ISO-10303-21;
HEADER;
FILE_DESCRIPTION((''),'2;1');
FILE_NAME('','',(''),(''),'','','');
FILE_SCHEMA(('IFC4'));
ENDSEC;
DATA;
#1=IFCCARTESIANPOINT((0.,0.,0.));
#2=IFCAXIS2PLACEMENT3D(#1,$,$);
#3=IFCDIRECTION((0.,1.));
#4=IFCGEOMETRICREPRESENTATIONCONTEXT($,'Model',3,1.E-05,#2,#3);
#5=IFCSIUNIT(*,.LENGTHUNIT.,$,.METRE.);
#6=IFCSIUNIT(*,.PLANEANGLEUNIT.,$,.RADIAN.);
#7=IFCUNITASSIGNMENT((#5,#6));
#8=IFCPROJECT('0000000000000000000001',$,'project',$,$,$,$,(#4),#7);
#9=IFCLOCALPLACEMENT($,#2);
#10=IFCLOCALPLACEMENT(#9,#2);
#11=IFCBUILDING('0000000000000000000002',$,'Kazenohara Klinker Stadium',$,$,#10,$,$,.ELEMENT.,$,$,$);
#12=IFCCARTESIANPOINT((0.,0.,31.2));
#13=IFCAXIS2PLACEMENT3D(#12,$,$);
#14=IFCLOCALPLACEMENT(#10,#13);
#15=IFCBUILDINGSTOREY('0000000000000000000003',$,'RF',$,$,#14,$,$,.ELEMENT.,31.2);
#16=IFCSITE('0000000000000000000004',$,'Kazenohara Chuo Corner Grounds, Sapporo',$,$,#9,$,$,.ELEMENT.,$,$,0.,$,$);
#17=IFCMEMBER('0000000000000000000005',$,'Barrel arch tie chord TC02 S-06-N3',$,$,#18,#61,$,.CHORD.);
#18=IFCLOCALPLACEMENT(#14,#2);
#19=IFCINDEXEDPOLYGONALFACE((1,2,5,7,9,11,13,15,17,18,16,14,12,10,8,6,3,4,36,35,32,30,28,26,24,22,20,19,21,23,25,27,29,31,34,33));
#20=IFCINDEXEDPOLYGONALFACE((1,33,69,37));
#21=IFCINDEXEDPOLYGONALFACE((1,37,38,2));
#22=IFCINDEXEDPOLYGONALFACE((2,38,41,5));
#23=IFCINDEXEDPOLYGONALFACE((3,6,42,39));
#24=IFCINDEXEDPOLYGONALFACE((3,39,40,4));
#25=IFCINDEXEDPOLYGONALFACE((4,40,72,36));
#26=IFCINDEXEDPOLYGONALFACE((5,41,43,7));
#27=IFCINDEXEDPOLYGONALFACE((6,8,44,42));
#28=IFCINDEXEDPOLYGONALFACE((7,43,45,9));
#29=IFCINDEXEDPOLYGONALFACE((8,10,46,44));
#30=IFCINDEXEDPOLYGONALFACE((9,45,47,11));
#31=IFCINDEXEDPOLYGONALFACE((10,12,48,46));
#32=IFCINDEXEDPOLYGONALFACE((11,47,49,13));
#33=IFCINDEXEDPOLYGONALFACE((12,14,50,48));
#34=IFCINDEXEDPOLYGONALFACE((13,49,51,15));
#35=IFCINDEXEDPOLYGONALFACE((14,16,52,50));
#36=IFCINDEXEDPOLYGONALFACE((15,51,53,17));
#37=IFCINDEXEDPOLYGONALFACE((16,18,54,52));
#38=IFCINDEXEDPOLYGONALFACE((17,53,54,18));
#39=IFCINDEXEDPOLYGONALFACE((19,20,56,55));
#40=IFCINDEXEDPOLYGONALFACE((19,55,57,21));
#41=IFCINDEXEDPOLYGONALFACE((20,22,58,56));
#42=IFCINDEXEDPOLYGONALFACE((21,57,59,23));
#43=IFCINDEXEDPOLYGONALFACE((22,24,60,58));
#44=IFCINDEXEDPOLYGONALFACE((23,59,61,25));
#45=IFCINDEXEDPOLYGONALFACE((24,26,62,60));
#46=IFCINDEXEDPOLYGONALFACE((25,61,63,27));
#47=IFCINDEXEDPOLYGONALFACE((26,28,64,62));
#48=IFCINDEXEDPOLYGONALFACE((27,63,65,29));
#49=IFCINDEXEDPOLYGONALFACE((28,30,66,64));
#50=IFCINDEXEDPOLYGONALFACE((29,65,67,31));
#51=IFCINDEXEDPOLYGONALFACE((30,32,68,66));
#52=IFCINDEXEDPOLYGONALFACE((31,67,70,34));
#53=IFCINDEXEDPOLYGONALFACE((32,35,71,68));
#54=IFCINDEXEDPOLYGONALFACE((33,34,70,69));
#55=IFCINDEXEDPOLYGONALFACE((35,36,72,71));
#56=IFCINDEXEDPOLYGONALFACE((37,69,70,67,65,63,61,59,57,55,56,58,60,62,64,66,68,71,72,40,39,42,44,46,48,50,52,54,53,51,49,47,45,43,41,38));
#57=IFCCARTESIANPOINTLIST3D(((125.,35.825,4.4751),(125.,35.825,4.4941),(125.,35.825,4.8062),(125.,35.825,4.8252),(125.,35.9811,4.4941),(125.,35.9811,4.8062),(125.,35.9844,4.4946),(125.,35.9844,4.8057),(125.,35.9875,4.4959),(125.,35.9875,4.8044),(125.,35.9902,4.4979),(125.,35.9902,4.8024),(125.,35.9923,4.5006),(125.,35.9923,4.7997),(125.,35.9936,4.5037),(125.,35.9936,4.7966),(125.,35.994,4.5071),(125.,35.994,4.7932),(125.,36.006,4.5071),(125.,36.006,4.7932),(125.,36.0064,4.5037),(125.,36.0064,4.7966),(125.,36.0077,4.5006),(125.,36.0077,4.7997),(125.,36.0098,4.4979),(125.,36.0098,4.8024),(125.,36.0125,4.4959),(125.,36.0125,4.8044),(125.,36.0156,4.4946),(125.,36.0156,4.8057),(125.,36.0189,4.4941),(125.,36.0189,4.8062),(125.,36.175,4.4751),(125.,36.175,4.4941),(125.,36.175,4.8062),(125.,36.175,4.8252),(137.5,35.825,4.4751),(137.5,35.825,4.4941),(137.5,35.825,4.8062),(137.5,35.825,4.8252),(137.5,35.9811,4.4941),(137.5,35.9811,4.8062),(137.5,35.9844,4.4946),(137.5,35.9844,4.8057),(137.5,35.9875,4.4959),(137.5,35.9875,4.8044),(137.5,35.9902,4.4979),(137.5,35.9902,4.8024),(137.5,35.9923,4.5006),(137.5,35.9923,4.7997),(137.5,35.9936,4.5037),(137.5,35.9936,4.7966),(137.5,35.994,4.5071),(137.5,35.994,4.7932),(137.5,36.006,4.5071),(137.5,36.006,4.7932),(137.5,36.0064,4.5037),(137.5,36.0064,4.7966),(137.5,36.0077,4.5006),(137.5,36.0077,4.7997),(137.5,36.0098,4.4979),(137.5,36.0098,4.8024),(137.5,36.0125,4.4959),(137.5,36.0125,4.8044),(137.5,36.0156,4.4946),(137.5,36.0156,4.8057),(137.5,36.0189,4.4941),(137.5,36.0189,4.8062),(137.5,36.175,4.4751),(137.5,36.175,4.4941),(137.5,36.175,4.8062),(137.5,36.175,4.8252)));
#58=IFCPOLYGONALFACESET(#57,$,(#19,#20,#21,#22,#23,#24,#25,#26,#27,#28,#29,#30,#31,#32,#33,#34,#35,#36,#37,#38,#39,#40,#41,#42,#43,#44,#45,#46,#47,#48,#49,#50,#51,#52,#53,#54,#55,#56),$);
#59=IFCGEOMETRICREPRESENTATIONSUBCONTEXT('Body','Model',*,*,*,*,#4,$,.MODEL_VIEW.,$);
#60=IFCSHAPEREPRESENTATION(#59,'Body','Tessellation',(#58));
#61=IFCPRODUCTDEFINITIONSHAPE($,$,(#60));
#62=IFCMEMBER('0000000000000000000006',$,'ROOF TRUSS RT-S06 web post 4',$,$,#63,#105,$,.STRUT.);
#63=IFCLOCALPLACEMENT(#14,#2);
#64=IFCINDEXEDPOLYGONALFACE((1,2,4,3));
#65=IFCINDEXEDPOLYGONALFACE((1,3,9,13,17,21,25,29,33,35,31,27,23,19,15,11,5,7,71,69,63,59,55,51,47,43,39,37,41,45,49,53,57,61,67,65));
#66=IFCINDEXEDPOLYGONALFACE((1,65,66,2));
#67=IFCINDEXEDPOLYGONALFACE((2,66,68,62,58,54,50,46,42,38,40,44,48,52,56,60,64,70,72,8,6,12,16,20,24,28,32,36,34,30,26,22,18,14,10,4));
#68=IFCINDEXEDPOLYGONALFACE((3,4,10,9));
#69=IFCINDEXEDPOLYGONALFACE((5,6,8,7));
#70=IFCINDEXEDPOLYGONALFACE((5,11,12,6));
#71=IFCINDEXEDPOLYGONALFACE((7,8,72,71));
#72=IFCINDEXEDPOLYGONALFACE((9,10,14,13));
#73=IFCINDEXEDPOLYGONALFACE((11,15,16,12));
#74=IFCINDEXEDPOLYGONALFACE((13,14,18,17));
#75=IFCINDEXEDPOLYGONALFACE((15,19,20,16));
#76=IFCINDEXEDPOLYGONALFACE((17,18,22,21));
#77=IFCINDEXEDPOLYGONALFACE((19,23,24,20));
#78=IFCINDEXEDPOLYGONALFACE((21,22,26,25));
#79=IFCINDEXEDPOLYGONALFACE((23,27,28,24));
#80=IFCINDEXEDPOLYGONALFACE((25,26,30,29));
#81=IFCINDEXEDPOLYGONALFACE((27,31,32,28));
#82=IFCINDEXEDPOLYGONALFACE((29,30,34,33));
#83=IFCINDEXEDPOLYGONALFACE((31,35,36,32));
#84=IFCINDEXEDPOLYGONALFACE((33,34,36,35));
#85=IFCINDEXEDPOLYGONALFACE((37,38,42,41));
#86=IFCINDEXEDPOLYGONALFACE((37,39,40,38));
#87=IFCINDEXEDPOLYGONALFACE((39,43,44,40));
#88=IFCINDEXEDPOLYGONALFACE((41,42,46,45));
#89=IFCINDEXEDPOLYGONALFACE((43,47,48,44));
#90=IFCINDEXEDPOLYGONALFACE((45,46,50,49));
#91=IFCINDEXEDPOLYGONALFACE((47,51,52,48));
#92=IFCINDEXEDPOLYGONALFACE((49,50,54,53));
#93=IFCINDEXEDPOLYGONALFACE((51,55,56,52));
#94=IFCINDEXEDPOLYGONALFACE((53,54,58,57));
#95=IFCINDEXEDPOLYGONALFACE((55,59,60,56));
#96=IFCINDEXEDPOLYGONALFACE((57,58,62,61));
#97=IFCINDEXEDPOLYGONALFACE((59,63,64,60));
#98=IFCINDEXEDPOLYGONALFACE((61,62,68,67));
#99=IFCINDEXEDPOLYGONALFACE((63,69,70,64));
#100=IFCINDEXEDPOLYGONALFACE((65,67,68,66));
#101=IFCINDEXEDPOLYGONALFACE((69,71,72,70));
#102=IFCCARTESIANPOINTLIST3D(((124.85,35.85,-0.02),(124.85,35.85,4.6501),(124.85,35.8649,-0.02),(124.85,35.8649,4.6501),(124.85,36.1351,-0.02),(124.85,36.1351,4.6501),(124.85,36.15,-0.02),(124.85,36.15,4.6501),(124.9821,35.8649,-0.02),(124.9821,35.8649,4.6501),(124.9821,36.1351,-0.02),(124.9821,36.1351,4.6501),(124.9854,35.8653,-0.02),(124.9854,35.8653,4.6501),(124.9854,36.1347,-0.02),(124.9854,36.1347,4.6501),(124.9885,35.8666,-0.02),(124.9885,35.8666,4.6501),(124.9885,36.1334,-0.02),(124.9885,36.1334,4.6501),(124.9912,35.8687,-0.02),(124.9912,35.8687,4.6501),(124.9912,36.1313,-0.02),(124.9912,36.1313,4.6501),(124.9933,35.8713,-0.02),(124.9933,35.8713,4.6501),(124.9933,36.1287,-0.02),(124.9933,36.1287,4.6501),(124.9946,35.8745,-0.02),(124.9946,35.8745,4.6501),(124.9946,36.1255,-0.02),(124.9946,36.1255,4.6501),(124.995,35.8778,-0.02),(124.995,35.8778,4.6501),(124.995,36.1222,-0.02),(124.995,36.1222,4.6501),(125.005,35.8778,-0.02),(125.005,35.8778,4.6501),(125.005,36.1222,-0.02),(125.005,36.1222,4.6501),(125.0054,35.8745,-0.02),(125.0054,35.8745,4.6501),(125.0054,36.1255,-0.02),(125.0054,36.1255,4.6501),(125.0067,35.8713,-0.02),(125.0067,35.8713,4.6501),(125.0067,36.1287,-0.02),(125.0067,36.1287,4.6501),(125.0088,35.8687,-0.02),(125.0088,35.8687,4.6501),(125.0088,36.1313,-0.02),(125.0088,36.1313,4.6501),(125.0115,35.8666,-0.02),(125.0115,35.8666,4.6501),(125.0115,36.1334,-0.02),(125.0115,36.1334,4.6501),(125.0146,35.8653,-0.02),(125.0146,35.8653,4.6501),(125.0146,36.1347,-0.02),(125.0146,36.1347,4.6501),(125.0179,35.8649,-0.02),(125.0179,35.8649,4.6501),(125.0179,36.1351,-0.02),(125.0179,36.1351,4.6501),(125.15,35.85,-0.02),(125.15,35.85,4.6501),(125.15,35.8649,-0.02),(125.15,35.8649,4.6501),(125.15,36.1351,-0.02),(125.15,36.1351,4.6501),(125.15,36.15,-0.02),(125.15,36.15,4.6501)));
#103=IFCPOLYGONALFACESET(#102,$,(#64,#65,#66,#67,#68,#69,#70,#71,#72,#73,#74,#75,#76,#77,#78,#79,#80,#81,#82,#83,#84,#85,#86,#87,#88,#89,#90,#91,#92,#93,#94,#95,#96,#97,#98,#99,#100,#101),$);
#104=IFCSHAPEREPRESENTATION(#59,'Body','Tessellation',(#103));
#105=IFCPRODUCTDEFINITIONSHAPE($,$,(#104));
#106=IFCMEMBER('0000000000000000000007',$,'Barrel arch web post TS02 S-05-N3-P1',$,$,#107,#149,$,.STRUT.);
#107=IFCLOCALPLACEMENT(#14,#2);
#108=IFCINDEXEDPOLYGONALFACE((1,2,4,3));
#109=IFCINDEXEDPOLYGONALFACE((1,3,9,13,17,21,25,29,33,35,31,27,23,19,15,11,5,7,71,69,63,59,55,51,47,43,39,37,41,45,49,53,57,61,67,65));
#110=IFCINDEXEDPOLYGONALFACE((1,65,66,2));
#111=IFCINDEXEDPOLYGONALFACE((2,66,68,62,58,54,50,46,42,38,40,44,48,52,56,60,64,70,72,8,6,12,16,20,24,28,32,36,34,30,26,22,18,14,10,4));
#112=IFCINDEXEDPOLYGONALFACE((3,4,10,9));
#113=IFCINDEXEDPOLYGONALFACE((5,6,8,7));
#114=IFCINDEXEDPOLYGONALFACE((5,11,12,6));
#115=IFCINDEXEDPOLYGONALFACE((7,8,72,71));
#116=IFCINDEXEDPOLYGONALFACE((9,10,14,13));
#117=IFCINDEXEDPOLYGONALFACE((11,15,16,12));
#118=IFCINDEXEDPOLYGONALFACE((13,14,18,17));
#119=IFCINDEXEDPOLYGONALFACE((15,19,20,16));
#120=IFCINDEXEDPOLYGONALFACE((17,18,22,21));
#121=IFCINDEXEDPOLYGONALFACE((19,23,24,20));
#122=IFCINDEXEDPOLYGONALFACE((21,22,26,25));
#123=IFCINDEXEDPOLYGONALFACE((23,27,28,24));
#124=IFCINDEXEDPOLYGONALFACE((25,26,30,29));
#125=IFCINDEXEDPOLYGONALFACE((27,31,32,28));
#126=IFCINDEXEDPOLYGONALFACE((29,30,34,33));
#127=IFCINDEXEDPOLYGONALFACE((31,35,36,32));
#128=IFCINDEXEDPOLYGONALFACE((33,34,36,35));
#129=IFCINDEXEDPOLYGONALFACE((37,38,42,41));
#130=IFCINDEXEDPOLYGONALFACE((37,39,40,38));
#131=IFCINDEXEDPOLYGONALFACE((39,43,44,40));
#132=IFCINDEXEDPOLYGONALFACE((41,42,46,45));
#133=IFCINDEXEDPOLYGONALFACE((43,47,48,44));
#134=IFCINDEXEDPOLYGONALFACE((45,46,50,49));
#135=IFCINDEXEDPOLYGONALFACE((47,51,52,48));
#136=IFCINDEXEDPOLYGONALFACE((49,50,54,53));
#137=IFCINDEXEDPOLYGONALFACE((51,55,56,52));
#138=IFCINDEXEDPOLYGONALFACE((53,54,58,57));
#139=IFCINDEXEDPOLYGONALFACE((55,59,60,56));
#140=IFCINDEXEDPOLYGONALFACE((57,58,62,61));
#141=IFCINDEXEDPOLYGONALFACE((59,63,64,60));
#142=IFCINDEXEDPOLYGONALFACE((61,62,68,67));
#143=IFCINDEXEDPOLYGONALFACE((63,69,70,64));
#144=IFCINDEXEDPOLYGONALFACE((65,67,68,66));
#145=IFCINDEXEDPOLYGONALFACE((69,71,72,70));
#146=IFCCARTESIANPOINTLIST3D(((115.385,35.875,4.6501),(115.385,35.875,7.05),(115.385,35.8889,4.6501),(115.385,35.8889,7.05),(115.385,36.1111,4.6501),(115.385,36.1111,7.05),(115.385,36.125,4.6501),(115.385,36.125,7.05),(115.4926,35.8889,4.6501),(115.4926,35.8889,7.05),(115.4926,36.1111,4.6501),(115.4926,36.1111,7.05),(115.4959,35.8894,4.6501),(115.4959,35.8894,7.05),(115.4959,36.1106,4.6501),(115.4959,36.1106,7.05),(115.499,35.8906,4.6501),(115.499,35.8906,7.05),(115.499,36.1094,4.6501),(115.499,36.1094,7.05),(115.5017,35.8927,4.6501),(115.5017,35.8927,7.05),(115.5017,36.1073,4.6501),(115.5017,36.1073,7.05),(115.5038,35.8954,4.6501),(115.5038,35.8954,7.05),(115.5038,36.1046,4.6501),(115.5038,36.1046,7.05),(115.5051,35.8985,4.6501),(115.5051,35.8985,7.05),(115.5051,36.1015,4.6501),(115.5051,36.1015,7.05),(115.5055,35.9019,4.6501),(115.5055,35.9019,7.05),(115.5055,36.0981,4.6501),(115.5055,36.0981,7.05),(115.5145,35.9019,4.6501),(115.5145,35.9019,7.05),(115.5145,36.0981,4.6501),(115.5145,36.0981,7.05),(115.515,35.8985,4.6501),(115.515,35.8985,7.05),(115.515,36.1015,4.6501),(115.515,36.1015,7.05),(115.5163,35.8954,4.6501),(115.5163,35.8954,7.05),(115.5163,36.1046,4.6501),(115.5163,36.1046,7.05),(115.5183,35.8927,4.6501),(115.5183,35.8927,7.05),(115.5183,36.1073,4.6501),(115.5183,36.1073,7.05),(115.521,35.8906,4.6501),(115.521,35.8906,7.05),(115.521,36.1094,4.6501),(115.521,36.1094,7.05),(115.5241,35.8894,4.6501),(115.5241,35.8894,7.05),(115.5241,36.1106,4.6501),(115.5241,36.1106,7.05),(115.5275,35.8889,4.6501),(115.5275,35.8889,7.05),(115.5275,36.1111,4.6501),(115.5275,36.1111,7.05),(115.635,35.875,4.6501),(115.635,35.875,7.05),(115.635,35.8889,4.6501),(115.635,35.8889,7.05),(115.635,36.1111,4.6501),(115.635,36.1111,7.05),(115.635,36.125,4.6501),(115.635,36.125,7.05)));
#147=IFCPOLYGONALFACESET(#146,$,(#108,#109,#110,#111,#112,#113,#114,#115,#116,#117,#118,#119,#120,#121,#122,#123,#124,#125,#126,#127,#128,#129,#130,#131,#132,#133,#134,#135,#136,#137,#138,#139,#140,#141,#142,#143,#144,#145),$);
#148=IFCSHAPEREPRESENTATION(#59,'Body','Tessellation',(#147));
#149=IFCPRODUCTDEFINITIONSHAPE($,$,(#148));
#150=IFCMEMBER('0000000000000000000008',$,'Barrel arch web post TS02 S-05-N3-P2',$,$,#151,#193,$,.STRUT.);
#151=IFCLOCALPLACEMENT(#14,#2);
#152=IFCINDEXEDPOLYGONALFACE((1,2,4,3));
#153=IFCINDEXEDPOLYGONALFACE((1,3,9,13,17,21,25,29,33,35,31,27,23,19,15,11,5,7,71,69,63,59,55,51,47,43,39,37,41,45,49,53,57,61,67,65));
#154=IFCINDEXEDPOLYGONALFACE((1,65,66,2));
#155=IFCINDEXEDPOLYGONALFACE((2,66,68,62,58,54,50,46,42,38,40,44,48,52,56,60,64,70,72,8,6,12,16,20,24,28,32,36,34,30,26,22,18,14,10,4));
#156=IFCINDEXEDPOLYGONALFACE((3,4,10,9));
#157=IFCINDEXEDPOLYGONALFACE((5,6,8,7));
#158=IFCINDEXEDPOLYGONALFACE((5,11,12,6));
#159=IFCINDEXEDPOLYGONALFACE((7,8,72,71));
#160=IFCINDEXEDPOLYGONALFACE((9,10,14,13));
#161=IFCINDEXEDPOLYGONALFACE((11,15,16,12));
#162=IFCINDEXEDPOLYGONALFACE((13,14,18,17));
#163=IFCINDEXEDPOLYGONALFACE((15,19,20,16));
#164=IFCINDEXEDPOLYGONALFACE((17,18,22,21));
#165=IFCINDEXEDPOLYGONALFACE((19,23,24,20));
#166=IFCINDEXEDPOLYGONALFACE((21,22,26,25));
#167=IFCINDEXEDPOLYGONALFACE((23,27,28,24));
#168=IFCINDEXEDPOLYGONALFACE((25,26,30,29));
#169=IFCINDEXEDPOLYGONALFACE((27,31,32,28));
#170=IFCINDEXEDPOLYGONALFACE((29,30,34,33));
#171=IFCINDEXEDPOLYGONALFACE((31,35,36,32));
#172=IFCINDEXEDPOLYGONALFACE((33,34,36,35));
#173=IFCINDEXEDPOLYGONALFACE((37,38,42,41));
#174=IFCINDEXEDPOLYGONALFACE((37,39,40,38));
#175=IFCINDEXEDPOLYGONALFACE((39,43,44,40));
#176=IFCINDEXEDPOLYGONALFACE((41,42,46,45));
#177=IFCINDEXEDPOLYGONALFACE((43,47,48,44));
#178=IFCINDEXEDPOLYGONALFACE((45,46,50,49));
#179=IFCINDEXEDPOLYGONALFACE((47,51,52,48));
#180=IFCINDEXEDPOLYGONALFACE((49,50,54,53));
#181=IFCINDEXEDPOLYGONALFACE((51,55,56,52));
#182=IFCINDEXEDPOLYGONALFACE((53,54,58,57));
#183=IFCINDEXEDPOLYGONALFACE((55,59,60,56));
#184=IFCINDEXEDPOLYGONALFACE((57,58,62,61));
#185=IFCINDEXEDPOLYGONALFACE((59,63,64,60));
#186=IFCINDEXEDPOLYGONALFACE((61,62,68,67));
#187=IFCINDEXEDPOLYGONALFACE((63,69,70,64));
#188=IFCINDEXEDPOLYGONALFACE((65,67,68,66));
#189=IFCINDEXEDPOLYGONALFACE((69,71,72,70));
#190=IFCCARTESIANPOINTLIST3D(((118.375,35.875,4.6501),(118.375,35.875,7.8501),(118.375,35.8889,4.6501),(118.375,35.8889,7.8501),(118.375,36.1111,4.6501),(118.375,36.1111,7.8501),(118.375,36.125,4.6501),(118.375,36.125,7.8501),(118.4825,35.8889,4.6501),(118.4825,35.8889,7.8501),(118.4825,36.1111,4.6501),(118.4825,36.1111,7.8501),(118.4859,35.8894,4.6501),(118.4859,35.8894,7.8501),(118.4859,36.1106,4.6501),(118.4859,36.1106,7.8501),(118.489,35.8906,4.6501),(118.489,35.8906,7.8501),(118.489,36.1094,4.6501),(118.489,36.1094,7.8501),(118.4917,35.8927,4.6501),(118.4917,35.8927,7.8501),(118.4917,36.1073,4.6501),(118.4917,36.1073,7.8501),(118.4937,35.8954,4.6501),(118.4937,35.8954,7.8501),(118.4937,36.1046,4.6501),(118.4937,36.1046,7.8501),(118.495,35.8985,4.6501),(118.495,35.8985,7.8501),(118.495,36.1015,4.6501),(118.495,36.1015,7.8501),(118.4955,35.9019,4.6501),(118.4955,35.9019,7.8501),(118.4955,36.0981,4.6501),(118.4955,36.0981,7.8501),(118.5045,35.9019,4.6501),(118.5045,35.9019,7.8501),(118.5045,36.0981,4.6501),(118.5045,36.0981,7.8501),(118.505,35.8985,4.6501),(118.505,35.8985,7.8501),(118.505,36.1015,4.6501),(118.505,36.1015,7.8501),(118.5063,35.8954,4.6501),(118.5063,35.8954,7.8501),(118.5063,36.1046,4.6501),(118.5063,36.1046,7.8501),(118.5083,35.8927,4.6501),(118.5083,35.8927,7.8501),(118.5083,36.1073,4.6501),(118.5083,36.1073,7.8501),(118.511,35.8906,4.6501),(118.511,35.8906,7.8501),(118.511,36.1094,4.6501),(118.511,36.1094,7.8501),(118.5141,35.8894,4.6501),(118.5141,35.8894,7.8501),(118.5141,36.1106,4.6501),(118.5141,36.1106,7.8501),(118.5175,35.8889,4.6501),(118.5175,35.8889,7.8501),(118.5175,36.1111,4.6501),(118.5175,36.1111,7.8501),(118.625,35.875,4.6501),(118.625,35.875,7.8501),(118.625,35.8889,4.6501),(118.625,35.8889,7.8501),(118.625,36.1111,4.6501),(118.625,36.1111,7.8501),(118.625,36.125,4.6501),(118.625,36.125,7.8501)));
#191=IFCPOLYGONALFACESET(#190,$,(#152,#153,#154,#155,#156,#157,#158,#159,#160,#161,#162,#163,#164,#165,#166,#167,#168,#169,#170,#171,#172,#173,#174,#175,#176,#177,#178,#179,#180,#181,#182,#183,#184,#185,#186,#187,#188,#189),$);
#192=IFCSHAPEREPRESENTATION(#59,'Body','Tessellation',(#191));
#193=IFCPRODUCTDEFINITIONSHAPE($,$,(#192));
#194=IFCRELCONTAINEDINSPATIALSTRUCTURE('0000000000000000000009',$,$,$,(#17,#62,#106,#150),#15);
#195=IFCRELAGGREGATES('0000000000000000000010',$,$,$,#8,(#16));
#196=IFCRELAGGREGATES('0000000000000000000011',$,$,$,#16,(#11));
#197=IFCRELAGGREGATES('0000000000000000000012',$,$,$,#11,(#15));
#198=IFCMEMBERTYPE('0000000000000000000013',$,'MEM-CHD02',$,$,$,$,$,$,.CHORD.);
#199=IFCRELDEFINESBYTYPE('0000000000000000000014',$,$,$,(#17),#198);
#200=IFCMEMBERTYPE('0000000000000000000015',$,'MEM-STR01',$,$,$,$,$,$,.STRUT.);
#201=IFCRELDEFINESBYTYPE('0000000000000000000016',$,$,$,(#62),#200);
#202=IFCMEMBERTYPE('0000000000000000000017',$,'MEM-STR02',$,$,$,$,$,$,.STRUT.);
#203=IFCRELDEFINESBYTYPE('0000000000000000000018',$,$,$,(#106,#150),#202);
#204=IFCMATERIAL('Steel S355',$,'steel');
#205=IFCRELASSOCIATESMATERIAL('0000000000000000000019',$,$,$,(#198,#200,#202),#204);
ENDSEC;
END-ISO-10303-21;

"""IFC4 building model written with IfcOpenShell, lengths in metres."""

from ifc_helpers import new_model, si_unit, direction, frame, origin, origin_2d, place, context, subcontext, project, spatial, i_section, extrude, material, material_profile, profile_set, type_object, element, save


model = new_model("IFC4")

# Units and contexts
model_context = context("Model", 3, precision=1e-05, world=origin(), true_north=direction((0.0, 1.0)))
body_context = subcontext(model_context, "Body", "Model", "MODEL_VIEW")
ifc_project = project(units=[si_unit("LENGTHUNIT", "METRE"), si_unit("PLANEANGLEUNIT", "RADIAN")], contexts=[model_context])

# Site, building, storey
site_placement = place(None, origin())
site = spatial("IfcSite", under=ifc_project, at=site_placement, Name="Kazenohara Chuo Corner Grounds, Sapporo", CompositionType="ELEMENT", RefElevation=0.0)
building_placement = place(site_placement, origin())
building = spatial("IfcBuilding", under=site, at=building_placement, Name="Kazenohara Klinker Stadium", CompositionType="ELEMENT")
storey_placement = place(building_placement, frame((0.0, 0.0, 31.2)))
storey = spatial("IfcBuildingStorey", under=building, at=storey_placement, Name="RF", CompositionType="ELEMENT", Elevation=31.2)

# Members
ifc_material_1 = material(Name="Steel S355", Category="steel")
ifc_material_profile_1 = material_profile(ifc_material_1, i_section(OverallWidth=0.3501, OverallDepth=0.3501, WebThickness=0.012, FlangeThickness=0.019, FilletRadius=0.0129, at=origin_2d()), Name="H-350x350x12x19")
ifc_profile_set_1 = profile_set([ifc_material_profile_1], Name="Steel S355")
member_type_1 = type_object("IfcMemberType", Name="MEM-CHD02", PredefinedType="CHORD", material=ifc_profile_set_1)
member_1_placement = place(storey_placement, frame((125.0, 36.0, 4.6501), z_axis=(1.0, 0.0, 0.0), x_axis=(0.0, 1.0, 0.0)))
element("IfcMember", 1, at=member_1_placement, inside=storey, type_object=member_type_1, Name="Barrel arch tie chord TC02 S-06-N3", PredefinedType="CHORD", context=body_context, shape_type="SweptSolid", body=[
    extrude(i_section(OverallWidth=0.3501, OverallDepth=0.3501, WebThickness=0.012, FlangeThickness=0.019, FilletRadius=0.0129, at=origin_2d()), origin(), (0.0, 0.0, 1.0), 12.5),
])
ifc_material_profile_2 = material_profile(ifc_material_1, i_section(OverallWidth=0.3, OverallDepth=0.3, WebThickness=0.01, FlangeThickness=0.0149, FilletRadius=0.0129, at=origin_2d()), Name="H-300x300x10x15")
ifc_profile_set_2 = profile_set([ifc_material_profile_2], Name="Steel S355")
member_type_2 = type_object("IfcMemberType", Name="MEM-STR01", PredefinedType="STRUT", material=ifc_profile_set_2)
member_2_placement = place(storey_placement, frame((125.0, 36.0, -0.02), z_axis=(0.0, 0.0, 1.0), x_axis=(1.0, 0.0, 0.0)))
element("IfcMember", 2, at=member_2_placement, inside=storey, type_object=member_type_2, Name="ROOF TRUSS RT-S06 web post 4", PredefinedType="STRUT", context=body_context, shape_type="SweptSolid", body=[
    extrude(i_section(OverallWidth=0.3, OverallDepth=0.3, WebThickness=0.01, FlangeThickness=0.0149, FilletRadius=0.0129, at=origin_2d()), origin(), (0.0, 0.0, 1.0), 4.6702),
])
ifc_material_profile_3 = material_profile(ifc_material_1, i_section(OverallWidth=0.25, OverallDepth=0.25, WebThickness=0.009, FlangeThickness=0.0139, FilletRadius=0.0129, at=origin_2d()), Name="H-250x250x9x14")
ifc_profile_set_3 = profile_set([ifc_material_profile_3], Name="Steel S355")
member_type_3 = type_object("IfcMemberType", Name="MEM-STR02", PredefinedType="STRUT", material=ifc_profile_set_3)
member_3_placement = place(storey_placement, frame((115.51, 36.0, 4.6501), z_axis=(0.0, 0.0, 1.0), x_axis=(1.0, 0.0, 0.0)))
element("IfcMember", 3, at=member_3_placement, inside=storey, type_object=member_type_3, Name="Barrel arch web post TS02 S-05-N3-P1", PredefinedType="STRUT", context=body_context, shape_type="SweptSolid", body=[
    extrude(i_section(OverallWidth=0.25, OverallDepth=0.25, WebThickness=0.009, FlangeThickness=0.0139, FilletRadius=0.0129, at=origin_2d()), origin(), (0.0, 0.0, 1.0), 2.3999),
])
member_4_placement = place(storey_placement, frame((118.5, 36.0, 4.6501), z_axis=(0.0, 0.0, 1.0), x_axis=(1.0, 0.0, 0.0)))
element("IfcMember", 4, at=member_4_placement, inside=storey, type_object=member_type_3, Name="Barrel arch web post TS02 S-05-N3-P2", PredefinedType="STRUT", context=body_context, shape_type="SweptSolid", body=[
    extrude(i_section(OverallWidth=0.25, OverallDepth=0.25, WebThickness=0.009, FlangeThickness=0.0139, FilletRadius=0.0129, at=origin_2d()), origin(), (0.0, 0.0, 1.0), 3.2),
])

save(model, "model.ifc")
